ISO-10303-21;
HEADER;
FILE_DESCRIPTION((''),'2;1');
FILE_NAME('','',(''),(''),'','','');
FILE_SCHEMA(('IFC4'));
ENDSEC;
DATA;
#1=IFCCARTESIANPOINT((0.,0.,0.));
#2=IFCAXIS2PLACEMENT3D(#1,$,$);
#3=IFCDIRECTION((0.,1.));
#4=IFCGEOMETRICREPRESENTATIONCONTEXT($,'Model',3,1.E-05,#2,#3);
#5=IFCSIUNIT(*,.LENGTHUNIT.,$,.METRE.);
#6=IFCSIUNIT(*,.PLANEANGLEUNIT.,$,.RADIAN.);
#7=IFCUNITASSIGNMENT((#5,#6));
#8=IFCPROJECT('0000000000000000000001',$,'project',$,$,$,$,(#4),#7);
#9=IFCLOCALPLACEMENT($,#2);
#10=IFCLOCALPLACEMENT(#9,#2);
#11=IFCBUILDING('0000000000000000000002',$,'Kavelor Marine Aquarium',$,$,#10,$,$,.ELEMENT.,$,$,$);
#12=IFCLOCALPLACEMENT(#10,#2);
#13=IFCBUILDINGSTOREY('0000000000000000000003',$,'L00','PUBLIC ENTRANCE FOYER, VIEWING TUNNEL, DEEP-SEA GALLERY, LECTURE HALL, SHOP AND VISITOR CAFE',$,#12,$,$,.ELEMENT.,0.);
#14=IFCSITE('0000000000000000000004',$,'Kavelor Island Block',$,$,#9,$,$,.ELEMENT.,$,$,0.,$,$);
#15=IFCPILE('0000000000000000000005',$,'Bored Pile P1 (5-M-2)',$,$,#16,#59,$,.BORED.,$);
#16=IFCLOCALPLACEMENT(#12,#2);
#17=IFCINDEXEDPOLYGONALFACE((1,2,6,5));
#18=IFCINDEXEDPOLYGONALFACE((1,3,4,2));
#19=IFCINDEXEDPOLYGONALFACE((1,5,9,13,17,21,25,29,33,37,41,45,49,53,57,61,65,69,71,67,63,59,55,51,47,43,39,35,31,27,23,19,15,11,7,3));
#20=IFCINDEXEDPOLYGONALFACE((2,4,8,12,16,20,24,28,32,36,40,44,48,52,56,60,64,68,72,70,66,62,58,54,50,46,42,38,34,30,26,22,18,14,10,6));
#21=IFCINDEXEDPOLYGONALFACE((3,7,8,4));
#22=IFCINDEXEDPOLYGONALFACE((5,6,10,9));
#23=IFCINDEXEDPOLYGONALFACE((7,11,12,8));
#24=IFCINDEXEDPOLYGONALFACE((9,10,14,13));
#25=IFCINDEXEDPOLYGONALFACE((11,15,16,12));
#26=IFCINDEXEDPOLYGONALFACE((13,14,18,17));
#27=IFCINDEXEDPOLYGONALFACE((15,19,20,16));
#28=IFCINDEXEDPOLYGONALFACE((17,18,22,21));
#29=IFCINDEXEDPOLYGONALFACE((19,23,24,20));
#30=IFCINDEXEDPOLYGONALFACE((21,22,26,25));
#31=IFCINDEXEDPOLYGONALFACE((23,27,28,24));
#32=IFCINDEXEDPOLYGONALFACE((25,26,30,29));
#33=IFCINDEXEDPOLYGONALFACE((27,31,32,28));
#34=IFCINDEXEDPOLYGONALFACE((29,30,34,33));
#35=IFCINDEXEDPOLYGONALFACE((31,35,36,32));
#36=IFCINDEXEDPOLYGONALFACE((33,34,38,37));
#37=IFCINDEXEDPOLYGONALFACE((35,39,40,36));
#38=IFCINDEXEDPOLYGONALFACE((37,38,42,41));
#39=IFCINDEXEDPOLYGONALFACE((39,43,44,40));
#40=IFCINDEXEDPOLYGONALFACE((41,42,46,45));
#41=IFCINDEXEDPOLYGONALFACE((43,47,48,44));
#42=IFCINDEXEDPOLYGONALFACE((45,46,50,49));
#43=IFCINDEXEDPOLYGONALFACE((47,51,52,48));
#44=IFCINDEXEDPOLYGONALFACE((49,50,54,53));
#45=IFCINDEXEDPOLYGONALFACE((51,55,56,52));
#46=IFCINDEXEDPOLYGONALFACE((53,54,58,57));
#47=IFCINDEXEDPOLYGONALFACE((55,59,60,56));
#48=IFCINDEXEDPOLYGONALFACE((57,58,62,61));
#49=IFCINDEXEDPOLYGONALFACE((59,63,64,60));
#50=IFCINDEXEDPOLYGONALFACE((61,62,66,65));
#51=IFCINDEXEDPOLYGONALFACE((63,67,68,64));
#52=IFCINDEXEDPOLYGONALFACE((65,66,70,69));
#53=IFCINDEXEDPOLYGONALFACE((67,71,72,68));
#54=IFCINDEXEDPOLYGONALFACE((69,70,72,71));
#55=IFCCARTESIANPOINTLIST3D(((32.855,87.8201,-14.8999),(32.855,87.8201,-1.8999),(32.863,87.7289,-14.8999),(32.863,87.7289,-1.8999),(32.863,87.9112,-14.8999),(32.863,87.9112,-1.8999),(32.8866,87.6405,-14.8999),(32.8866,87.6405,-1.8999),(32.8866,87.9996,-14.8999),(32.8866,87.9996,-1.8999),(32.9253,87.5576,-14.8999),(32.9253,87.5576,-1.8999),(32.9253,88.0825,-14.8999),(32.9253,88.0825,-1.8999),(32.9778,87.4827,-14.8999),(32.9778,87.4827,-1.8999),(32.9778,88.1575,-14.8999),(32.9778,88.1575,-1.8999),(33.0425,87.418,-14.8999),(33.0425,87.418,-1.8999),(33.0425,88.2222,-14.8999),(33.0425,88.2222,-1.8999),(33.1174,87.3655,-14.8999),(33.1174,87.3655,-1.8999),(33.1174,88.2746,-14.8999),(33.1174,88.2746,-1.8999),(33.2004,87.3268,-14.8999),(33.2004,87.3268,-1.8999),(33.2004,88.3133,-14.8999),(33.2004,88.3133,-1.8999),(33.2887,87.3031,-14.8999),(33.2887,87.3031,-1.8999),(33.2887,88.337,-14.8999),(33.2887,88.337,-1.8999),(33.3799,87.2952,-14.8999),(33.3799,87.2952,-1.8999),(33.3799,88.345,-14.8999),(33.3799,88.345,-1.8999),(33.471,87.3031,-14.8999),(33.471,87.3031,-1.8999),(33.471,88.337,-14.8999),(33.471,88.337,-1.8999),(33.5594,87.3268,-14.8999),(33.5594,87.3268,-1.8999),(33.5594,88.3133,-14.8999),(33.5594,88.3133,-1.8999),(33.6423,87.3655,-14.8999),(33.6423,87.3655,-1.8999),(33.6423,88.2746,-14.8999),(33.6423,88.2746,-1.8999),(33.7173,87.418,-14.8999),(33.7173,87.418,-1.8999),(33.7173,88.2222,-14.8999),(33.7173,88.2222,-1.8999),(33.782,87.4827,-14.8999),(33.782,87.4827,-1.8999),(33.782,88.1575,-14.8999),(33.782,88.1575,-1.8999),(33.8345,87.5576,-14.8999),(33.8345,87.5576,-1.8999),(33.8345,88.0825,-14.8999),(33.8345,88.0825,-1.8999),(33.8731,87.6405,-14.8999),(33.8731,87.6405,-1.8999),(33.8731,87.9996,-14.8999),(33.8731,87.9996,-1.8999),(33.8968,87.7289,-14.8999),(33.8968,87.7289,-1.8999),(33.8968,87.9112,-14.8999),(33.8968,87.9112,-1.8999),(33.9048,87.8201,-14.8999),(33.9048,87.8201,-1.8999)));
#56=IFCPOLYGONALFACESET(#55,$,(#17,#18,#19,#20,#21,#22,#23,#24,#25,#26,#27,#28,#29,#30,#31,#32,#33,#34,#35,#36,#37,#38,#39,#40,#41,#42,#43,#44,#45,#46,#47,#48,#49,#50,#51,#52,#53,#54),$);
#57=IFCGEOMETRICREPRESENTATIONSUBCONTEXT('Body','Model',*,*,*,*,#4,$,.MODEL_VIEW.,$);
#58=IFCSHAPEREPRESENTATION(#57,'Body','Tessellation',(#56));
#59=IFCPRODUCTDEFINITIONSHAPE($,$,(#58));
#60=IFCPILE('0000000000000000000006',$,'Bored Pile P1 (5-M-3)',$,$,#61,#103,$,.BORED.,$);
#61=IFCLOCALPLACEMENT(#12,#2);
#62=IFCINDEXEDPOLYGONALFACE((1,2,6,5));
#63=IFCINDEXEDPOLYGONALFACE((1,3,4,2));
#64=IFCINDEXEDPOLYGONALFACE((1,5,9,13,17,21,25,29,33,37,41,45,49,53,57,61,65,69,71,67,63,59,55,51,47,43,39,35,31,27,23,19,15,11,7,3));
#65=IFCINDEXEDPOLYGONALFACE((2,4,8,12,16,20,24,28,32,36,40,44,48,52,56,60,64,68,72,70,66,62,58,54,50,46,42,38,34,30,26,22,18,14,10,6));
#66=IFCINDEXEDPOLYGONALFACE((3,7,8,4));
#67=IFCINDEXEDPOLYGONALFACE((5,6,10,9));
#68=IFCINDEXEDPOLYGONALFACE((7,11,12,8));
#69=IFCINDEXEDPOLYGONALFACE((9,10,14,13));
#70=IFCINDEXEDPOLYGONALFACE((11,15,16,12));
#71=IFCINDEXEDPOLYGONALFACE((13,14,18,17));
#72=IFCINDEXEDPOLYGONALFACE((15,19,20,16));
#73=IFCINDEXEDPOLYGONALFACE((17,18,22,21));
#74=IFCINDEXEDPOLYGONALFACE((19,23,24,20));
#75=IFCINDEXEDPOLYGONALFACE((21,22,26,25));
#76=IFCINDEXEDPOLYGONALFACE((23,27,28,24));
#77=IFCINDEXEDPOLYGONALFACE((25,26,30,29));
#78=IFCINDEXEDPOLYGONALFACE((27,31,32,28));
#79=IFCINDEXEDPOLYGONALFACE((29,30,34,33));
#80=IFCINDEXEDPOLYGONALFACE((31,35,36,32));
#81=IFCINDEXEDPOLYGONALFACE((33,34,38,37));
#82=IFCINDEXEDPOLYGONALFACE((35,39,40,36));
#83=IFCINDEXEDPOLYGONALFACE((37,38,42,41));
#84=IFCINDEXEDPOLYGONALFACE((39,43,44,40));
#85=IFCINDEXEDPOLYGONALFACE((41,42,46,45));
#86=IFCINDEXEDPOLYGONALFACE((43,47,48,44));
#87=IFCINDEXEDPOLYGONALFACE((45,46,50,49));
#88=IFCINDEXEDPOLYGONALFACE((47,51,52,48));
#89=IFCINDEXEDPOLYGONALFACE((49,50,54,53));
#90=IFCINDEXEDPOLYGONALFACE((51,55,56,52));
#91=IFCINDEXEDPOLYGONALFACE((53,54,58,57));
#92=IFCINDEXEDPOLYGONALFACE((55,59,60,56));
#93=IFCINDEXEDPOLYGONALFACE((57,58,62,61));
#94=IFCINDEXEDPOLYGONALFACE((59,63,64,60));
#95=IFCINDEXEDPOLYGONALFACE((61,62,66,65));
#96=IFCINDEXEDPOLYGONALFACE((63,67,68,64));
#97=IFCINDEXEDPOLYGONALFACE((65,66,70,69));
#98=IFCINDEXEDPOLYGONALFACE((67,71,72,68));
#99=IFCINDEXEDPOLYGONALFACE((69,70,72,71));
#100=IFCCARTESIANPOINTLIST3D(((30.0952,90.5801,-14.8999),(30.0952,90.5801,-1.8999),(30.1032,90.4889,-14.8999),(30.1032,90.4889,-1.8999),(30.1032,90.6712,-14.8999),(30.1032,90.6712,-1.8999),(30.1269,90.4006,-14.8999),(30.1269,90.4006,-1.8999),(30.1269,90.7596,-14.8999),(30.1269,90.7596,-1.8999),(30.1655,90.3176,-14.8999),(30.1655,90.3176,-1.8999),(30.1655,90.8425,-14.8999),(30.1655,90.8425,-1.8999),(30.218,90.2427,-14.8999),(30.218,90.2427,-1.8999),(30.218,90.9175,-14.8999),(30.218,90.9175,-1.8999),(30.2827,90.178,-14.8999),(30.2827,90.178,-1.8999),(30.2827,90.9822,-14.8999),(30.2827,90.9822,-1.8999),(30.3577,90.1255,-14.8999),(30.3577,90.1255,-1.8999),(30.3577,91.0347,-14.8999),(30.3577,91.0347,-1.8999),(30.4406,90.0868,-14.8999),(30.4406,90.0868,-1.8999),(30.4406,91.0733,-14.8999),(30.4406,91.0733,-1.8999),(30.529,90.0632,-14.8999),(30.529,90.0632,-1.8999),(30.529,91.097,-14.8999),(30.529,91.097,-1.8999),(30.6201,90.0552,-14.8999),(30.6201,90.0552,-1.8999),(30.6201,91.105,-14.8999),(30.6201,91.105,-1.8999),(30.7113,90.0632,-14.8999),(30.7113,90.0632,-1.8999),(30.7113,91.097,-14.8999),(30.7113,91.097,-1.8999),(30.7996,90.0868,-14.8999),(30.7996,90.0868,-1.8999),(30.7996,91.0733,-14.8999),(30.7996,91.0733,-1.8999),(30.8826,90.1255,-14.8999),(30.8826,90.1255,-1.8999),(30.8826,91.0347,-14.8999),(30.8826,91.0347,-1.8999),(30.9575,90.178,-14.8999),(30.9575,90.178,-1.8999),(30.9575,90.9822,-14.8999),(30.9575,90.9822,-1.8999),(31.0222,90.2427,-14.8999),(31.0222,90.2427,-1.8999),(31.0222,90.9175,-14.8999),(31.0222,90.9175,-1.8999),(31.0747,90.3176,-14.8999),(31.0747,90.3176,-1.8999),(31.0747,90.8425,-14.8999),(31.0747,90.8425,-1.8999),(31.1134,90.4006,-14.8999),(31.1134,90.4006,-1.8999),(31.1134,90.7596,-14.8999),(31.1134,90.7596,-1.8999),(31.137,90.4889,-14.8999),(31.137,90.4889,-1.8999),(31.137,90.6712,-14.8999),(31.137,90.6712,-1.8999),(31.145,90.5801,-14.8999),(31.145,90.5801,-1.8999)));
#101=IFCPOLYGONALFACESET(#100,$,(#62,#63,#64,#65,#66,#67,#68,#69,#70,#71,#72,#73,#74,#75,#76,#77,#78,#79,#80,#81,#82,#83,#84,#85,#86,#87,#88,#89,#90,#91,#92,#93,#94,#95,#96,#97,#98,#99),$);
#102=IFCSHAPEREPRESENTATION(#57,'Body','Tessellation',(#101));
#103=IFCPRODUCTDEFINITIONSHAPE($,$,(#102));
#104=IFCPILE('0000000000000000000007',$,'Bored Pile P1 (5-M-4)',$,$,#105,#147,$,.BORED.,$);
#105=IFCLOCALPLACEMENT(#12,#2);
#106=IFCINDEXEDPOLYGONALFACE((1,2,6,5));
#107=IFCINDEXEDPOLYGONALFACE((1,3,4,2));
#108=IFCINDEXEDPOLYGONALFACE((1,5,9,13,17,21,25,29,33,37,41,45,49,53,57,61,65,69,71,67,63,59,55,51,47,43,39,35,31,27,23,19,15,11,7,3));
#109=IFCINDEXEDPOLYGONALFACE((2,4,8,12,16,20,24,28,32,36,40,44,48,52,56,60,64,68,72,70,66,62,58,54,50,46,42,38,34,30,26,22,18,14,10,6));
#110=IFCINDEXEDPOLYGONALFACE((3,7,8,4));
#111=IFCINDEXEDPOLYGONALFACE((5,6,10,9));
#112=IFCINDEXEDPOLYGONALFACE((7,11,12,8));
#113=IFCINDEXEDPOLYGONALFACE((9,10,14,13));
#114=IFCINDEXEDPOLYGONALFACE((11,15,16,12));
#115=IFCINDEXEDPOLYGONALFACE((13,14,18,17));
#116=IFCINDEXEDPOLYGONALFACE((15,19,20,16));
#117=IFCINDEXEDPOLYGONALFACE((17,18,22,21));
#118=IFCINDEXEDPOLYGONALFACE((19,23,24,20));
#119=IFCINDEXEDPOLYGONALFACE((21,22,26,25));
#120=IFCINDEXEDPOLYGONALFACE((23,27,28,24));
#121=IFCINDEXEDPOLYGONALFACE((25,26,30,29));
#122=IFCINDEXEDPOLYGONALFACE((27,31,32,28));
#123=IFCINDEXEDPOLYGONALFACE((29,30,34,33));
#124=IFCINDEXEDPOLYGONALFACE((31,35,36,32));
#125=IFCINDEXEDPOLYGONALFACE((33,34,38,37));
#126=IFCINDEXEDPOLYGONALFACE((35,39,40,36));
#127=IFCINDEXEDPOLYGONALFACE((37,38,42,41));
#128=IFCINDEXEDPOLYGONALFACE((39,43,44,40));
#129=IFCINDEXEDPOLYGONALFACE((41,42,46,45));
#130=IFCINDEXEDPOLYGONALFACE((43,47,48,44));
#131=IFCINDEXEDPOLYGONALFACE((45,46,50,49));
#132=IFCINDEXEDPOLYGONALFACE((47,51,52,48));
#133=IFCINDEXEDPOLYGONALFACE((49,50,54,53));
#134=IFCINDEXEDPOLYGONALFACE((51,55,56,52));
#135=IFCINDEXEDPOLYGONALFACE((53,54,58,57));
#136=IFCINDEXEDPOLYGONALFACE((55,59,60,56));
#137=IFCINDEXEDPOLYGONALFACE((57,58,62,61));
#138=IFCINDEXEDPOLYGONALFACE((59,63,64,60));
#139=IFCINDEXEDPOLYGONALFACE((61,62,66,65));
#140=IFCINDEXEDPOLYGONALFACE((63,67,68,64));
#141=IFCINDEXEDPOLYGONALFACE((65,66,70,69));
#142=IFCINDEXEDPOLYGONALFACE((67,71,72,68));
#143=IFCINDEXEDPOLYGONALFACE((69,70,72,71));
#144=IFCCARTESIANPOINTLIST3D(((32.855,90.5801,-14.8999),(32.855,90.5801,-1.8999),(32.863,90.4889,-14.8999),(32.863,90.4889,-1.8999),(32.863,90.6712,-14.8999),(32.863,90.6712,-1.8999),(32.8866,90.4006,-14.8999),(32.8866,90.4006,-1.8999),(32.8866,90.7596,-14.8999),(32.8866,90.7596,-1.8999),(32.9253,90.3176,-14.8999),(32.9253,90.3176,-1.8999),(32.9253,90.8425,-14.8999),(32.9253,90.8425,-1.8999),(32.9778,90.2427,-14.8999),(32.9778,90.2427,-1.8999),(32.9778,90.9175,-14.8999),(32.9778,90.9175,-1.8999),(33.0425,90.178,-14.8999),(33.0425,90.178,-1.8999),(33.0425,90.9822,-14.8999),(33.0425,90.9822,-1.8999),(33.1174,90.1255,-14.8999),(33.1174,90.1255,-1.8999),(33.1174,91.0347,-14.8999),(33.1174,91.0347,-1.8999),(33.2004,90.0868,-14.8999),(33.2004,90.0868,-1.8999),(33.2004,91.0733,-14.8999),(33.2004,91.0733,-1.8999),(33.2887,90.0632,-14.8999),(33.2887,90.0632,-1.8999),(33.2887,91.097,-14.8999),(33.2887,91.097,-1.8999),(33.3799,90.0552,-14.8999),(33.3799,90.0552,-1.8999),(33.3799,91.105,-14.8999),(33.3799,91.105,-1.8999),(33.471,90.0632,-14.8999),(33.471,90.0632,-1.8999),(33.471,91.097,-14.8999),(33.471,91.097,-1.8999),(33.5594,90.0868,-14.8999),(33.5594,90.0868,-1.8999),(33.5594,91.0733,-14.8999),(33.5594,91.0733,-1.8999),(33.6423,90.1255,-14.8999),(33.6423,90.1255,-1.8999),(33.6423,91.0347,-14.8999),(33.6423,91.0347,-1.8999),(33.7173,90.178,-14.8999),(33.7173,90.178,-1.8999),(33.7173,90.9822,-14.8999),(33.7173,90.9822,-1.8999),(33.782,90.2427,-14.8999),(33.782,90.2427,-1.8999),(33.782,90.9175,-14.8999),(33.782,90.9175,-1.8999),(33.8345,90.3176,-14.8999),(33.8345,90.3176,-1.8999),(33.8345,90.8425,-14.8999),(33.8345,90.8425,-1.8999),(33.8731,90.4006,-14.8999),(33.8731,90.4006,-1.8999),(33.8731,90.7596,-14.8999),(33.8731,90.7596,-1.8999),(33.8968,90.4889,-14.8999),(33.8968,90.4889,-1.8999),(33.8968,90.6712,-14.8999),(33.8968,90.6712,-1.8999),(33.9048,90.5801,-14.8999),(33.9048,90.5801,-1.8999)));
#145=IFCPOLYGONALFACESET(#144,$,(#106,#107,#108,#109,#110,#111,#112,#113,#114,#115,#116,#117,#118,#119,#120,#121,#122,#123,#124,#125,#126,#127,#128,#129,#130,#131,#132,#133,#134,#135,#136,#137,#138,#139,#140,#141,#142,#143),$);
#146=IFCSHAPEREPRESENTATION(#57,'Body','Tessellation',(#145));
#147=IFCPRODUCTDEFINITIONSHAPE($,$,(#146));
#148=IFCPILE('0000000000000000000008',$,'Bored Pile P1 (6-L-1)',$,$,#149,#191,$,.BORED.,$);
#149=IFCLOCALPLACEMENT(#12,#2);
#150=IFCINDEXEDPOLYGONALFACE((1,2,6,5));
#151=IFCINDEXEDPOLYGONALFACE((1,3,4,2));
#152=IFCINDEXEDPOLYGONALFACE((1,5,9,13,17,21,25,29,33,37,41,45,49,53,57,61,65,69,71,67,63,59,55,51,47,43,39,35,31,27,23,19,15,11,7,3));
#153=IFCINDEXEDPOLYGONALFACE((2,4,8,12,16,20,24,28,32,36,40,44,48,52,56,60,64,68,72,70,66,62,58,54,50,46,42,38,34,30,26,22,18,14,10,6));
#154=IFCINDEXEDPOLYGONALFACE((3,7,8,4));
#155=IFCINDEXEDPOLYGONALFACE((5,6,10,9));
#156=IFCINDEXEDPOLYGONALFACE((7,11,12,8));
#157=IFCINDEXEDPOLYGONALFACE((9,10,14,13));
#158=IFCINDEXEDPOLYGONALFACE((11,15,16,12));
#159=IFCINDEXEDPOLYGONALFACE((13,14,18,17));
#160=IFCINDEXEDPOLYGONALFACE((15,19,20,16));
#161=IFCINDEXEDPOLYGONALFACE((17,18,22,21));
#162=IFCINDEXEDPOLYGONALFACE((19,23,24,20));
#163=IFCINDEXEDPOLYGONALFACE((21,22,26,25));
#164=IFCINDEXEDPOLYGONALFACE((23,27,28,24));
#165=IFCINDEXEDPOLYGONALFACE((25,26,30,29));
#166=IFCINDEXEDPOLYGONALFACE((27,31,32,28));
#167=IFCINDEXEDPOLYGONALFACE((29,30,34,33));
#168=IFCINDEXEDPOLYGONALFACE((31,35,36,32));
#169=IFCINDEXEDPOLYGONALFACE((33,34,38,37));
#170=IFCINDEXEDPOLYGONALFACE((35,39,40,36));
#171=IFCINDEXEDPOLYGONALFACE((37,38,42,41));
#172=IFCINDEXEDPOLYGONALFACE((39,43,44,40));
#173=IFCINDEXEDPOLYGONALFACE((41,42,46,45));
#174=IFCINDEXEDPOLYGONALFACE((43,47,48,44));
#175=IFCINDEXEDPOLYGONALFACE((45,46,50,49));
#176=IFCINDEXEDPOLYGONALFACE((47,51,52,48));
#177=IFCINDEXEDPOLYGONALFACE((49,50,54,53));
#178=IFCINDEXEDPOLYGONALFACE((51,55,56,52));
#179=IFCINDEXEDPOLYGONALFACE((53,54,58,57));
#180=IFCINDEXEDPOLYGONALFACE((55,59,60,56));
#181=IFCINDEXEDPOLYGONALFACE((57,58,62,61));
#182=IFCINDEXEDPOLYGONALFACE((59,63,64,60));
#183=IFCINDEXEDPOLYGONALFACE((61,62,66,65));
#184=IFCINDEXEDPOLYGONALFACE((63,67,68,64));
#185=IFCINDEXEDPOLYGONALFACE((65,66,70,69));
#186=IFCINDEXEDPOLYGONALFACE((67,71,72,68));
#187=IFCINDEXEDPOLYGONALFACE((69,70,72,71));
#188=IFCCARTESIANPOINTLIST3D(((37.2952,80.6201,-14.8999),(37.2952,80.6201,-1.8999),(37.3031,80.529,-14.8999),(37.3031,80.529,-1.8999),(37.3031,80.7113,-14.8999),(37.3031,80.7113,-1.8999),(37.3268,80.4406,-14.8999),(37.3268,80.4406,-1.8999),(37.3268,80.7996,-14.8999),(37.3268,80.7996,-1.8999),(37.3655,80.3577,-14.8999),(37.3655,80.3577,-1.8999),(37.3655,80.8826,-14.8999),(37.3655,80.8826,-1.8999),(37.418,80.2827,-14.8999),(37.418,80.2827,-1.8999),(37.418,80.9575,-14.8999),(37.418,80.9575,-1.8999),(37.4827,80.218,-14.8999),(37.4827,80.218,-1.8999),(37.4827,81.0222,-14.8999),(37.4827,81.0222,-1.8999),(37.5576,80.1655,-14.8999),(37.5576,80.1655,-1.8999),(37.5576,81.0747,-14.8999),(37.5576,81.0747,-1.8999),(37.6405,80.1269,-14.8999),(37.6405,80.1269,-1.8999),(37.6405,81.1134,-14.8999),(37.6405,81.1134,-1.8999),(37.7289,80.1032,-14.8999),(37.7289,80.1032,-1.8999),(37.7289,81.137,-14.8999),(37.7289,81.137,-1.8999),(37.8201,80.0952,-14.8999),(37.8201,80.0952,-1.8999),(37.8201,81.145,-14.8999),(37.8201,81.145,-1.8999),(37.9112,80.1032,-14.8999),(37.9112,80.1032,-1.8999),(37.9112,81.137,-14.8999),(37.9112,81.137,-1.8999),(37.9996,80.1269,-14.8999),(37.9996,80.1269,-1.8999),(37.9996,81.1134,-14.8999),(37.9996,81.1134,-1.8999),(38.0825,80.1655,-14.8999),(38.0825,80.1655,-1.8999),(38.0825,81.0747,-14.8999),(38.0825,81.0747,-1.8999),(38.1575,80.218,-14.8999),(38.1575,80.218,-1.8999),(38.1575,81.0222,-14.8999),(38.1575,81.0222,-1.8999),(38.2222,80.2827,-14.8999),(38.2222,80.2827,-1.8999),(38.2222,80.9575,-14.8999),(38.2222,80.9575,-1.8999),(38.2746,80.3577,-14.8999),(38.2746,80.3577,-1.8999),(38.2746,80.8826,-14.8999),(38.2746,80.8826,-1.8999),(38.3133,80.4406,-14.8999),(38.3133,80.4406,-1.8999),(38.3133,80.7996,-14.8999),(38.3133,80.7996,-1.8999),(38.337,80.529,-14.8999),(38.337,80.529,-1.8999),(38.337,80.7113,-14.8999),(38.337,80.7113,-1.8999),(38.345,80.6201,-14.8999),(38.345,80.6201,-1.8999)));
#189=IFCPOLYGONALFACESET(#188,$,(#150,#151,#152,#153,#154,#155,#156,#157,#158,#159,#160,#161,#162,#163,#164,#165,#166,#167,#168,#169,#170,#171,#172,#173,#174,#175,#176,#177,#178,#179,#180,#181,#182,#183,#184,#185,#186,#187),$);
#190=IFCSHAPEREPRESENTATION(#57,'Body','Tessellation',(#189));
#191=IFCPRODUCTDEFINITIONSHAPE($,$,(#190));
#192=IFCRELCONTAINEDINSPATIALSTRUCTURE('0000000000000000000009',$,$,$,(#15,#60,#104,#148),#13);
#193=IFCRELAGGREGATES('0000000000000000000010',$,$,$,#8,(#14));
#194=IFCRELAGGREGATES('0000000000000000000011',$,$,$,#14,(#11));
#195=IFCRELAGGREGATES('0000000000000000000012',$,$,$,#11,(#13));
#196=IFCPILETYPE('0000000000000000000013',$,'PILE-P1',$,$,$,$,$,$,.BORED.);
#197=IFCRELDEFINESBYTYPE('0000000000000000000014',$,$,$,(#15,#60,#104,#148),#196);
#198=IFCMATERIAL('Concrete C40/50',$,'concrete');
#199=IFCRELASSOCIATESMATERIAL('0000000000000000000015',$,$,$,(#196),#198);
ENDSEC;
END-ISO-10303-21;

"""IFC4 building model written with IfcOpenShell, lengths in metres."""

from ifc_helpers import new_model, si_unit, direction, frame, origin, origin_2d, place, context, subcontext, project, spatial, circle, extrude, material, material_profile, profile_set, type_object, element, save


model = new_model("IFC4")

# Units and contexts
model_context = context("Model", 3, precision=1e-05, world=origin(), true_north=direction((0.0, 1.0)))
body_context = subcontext(model_context, "Body", "Model", "MODEL_VIEW")
ifc_project = project(units=[si_unit("LENGTHUNIT", "METRE"), si_unit("PLANEANGLEUNIT", "RADIAN")], contexts=[model_context])

# Site, building, storey
site_placement = place(None, origin())
site = spatial("IfcSite", under=ifc_project, at=site_placement, Name="Kavelor Island Block", CompositionType="ELEMENT", RefElevation=0.0)
building_placement = place(site_placement, origin())
building = spatial("IfcBuilding", under=site, at=building_placement, Name="Kavelor Marine Aquarium", CompositionType="ELEMENT")
storey_placement = place(building_placement, origin())
storey = spatial("IfcBuildingStorey", under=building, at=storey_placement, Name="L00", Description="PUBLIC ENTRANCE FOYER, VIEWING TUNNEL, DEEP-SEA GALLERY, LECTURE HALL, SHOP AND VISITOR CAFE", CompositionType="ELEMENT", Elevation=0.0)

# Piles
ifc_material_1 = material(Name="Concrete C40/50", Category="concrete")
ifc_material_profile_1 = material_profile(ifc_material_1, circle(Radius=0.5249, at=origin_2d()), Name="PILE D1050")
ifc_profile_set_1 = profile_set([ifc_material_profile_1], Name="Concrete C40/50")
pile_type_1 = type_object("IfcPileType", Name="PILE-P1", PredefinedType="BORED", material=ifc_profile_set_1)
for number, where, z_axis, x_axis, name in (
    (1, (33.3799, 87.8201, -1.8999), (0.0, 0.0, -1.0), (1.0, 0.0, 0.0), "Bored Pile P1 (5-M-2)"),
    (2, (30.6201, 90.5801, -1.8999), (0.0, 0.0, -1.0), (1.0, 0.0, 0.0), "Bored Pile P1 (5-M-3)"),
    (3, (33.3799, 90.5801, -1.8999), (0.0, 0.0, -1.0), (1.0, 0.0, 0.0), "Bored Pile P1 (5-M-4)"),
    (4, (37.8201, 80.6201, -1.8999), (0.0, 0.0, -1.0), (1.0, 0.0, 0.0), "Bored Pile P1 (6-L-1)"),
):
    element("IfcPile", number, at=place(storey_placement, frame(where, z_axis=z_axis, x_axis=x_axis)), inside=storey, type_object=pile_type_1, Name=name, PredefinedType="BORED", context=body_context, shape_type="SweptSolid", body=[
        extrude(circle(Radius=0.5249, at=origin_2d()), origin(), (0.0, 0.0, 1.0), 13.0),
    ])

save(model, "model.ifc")
